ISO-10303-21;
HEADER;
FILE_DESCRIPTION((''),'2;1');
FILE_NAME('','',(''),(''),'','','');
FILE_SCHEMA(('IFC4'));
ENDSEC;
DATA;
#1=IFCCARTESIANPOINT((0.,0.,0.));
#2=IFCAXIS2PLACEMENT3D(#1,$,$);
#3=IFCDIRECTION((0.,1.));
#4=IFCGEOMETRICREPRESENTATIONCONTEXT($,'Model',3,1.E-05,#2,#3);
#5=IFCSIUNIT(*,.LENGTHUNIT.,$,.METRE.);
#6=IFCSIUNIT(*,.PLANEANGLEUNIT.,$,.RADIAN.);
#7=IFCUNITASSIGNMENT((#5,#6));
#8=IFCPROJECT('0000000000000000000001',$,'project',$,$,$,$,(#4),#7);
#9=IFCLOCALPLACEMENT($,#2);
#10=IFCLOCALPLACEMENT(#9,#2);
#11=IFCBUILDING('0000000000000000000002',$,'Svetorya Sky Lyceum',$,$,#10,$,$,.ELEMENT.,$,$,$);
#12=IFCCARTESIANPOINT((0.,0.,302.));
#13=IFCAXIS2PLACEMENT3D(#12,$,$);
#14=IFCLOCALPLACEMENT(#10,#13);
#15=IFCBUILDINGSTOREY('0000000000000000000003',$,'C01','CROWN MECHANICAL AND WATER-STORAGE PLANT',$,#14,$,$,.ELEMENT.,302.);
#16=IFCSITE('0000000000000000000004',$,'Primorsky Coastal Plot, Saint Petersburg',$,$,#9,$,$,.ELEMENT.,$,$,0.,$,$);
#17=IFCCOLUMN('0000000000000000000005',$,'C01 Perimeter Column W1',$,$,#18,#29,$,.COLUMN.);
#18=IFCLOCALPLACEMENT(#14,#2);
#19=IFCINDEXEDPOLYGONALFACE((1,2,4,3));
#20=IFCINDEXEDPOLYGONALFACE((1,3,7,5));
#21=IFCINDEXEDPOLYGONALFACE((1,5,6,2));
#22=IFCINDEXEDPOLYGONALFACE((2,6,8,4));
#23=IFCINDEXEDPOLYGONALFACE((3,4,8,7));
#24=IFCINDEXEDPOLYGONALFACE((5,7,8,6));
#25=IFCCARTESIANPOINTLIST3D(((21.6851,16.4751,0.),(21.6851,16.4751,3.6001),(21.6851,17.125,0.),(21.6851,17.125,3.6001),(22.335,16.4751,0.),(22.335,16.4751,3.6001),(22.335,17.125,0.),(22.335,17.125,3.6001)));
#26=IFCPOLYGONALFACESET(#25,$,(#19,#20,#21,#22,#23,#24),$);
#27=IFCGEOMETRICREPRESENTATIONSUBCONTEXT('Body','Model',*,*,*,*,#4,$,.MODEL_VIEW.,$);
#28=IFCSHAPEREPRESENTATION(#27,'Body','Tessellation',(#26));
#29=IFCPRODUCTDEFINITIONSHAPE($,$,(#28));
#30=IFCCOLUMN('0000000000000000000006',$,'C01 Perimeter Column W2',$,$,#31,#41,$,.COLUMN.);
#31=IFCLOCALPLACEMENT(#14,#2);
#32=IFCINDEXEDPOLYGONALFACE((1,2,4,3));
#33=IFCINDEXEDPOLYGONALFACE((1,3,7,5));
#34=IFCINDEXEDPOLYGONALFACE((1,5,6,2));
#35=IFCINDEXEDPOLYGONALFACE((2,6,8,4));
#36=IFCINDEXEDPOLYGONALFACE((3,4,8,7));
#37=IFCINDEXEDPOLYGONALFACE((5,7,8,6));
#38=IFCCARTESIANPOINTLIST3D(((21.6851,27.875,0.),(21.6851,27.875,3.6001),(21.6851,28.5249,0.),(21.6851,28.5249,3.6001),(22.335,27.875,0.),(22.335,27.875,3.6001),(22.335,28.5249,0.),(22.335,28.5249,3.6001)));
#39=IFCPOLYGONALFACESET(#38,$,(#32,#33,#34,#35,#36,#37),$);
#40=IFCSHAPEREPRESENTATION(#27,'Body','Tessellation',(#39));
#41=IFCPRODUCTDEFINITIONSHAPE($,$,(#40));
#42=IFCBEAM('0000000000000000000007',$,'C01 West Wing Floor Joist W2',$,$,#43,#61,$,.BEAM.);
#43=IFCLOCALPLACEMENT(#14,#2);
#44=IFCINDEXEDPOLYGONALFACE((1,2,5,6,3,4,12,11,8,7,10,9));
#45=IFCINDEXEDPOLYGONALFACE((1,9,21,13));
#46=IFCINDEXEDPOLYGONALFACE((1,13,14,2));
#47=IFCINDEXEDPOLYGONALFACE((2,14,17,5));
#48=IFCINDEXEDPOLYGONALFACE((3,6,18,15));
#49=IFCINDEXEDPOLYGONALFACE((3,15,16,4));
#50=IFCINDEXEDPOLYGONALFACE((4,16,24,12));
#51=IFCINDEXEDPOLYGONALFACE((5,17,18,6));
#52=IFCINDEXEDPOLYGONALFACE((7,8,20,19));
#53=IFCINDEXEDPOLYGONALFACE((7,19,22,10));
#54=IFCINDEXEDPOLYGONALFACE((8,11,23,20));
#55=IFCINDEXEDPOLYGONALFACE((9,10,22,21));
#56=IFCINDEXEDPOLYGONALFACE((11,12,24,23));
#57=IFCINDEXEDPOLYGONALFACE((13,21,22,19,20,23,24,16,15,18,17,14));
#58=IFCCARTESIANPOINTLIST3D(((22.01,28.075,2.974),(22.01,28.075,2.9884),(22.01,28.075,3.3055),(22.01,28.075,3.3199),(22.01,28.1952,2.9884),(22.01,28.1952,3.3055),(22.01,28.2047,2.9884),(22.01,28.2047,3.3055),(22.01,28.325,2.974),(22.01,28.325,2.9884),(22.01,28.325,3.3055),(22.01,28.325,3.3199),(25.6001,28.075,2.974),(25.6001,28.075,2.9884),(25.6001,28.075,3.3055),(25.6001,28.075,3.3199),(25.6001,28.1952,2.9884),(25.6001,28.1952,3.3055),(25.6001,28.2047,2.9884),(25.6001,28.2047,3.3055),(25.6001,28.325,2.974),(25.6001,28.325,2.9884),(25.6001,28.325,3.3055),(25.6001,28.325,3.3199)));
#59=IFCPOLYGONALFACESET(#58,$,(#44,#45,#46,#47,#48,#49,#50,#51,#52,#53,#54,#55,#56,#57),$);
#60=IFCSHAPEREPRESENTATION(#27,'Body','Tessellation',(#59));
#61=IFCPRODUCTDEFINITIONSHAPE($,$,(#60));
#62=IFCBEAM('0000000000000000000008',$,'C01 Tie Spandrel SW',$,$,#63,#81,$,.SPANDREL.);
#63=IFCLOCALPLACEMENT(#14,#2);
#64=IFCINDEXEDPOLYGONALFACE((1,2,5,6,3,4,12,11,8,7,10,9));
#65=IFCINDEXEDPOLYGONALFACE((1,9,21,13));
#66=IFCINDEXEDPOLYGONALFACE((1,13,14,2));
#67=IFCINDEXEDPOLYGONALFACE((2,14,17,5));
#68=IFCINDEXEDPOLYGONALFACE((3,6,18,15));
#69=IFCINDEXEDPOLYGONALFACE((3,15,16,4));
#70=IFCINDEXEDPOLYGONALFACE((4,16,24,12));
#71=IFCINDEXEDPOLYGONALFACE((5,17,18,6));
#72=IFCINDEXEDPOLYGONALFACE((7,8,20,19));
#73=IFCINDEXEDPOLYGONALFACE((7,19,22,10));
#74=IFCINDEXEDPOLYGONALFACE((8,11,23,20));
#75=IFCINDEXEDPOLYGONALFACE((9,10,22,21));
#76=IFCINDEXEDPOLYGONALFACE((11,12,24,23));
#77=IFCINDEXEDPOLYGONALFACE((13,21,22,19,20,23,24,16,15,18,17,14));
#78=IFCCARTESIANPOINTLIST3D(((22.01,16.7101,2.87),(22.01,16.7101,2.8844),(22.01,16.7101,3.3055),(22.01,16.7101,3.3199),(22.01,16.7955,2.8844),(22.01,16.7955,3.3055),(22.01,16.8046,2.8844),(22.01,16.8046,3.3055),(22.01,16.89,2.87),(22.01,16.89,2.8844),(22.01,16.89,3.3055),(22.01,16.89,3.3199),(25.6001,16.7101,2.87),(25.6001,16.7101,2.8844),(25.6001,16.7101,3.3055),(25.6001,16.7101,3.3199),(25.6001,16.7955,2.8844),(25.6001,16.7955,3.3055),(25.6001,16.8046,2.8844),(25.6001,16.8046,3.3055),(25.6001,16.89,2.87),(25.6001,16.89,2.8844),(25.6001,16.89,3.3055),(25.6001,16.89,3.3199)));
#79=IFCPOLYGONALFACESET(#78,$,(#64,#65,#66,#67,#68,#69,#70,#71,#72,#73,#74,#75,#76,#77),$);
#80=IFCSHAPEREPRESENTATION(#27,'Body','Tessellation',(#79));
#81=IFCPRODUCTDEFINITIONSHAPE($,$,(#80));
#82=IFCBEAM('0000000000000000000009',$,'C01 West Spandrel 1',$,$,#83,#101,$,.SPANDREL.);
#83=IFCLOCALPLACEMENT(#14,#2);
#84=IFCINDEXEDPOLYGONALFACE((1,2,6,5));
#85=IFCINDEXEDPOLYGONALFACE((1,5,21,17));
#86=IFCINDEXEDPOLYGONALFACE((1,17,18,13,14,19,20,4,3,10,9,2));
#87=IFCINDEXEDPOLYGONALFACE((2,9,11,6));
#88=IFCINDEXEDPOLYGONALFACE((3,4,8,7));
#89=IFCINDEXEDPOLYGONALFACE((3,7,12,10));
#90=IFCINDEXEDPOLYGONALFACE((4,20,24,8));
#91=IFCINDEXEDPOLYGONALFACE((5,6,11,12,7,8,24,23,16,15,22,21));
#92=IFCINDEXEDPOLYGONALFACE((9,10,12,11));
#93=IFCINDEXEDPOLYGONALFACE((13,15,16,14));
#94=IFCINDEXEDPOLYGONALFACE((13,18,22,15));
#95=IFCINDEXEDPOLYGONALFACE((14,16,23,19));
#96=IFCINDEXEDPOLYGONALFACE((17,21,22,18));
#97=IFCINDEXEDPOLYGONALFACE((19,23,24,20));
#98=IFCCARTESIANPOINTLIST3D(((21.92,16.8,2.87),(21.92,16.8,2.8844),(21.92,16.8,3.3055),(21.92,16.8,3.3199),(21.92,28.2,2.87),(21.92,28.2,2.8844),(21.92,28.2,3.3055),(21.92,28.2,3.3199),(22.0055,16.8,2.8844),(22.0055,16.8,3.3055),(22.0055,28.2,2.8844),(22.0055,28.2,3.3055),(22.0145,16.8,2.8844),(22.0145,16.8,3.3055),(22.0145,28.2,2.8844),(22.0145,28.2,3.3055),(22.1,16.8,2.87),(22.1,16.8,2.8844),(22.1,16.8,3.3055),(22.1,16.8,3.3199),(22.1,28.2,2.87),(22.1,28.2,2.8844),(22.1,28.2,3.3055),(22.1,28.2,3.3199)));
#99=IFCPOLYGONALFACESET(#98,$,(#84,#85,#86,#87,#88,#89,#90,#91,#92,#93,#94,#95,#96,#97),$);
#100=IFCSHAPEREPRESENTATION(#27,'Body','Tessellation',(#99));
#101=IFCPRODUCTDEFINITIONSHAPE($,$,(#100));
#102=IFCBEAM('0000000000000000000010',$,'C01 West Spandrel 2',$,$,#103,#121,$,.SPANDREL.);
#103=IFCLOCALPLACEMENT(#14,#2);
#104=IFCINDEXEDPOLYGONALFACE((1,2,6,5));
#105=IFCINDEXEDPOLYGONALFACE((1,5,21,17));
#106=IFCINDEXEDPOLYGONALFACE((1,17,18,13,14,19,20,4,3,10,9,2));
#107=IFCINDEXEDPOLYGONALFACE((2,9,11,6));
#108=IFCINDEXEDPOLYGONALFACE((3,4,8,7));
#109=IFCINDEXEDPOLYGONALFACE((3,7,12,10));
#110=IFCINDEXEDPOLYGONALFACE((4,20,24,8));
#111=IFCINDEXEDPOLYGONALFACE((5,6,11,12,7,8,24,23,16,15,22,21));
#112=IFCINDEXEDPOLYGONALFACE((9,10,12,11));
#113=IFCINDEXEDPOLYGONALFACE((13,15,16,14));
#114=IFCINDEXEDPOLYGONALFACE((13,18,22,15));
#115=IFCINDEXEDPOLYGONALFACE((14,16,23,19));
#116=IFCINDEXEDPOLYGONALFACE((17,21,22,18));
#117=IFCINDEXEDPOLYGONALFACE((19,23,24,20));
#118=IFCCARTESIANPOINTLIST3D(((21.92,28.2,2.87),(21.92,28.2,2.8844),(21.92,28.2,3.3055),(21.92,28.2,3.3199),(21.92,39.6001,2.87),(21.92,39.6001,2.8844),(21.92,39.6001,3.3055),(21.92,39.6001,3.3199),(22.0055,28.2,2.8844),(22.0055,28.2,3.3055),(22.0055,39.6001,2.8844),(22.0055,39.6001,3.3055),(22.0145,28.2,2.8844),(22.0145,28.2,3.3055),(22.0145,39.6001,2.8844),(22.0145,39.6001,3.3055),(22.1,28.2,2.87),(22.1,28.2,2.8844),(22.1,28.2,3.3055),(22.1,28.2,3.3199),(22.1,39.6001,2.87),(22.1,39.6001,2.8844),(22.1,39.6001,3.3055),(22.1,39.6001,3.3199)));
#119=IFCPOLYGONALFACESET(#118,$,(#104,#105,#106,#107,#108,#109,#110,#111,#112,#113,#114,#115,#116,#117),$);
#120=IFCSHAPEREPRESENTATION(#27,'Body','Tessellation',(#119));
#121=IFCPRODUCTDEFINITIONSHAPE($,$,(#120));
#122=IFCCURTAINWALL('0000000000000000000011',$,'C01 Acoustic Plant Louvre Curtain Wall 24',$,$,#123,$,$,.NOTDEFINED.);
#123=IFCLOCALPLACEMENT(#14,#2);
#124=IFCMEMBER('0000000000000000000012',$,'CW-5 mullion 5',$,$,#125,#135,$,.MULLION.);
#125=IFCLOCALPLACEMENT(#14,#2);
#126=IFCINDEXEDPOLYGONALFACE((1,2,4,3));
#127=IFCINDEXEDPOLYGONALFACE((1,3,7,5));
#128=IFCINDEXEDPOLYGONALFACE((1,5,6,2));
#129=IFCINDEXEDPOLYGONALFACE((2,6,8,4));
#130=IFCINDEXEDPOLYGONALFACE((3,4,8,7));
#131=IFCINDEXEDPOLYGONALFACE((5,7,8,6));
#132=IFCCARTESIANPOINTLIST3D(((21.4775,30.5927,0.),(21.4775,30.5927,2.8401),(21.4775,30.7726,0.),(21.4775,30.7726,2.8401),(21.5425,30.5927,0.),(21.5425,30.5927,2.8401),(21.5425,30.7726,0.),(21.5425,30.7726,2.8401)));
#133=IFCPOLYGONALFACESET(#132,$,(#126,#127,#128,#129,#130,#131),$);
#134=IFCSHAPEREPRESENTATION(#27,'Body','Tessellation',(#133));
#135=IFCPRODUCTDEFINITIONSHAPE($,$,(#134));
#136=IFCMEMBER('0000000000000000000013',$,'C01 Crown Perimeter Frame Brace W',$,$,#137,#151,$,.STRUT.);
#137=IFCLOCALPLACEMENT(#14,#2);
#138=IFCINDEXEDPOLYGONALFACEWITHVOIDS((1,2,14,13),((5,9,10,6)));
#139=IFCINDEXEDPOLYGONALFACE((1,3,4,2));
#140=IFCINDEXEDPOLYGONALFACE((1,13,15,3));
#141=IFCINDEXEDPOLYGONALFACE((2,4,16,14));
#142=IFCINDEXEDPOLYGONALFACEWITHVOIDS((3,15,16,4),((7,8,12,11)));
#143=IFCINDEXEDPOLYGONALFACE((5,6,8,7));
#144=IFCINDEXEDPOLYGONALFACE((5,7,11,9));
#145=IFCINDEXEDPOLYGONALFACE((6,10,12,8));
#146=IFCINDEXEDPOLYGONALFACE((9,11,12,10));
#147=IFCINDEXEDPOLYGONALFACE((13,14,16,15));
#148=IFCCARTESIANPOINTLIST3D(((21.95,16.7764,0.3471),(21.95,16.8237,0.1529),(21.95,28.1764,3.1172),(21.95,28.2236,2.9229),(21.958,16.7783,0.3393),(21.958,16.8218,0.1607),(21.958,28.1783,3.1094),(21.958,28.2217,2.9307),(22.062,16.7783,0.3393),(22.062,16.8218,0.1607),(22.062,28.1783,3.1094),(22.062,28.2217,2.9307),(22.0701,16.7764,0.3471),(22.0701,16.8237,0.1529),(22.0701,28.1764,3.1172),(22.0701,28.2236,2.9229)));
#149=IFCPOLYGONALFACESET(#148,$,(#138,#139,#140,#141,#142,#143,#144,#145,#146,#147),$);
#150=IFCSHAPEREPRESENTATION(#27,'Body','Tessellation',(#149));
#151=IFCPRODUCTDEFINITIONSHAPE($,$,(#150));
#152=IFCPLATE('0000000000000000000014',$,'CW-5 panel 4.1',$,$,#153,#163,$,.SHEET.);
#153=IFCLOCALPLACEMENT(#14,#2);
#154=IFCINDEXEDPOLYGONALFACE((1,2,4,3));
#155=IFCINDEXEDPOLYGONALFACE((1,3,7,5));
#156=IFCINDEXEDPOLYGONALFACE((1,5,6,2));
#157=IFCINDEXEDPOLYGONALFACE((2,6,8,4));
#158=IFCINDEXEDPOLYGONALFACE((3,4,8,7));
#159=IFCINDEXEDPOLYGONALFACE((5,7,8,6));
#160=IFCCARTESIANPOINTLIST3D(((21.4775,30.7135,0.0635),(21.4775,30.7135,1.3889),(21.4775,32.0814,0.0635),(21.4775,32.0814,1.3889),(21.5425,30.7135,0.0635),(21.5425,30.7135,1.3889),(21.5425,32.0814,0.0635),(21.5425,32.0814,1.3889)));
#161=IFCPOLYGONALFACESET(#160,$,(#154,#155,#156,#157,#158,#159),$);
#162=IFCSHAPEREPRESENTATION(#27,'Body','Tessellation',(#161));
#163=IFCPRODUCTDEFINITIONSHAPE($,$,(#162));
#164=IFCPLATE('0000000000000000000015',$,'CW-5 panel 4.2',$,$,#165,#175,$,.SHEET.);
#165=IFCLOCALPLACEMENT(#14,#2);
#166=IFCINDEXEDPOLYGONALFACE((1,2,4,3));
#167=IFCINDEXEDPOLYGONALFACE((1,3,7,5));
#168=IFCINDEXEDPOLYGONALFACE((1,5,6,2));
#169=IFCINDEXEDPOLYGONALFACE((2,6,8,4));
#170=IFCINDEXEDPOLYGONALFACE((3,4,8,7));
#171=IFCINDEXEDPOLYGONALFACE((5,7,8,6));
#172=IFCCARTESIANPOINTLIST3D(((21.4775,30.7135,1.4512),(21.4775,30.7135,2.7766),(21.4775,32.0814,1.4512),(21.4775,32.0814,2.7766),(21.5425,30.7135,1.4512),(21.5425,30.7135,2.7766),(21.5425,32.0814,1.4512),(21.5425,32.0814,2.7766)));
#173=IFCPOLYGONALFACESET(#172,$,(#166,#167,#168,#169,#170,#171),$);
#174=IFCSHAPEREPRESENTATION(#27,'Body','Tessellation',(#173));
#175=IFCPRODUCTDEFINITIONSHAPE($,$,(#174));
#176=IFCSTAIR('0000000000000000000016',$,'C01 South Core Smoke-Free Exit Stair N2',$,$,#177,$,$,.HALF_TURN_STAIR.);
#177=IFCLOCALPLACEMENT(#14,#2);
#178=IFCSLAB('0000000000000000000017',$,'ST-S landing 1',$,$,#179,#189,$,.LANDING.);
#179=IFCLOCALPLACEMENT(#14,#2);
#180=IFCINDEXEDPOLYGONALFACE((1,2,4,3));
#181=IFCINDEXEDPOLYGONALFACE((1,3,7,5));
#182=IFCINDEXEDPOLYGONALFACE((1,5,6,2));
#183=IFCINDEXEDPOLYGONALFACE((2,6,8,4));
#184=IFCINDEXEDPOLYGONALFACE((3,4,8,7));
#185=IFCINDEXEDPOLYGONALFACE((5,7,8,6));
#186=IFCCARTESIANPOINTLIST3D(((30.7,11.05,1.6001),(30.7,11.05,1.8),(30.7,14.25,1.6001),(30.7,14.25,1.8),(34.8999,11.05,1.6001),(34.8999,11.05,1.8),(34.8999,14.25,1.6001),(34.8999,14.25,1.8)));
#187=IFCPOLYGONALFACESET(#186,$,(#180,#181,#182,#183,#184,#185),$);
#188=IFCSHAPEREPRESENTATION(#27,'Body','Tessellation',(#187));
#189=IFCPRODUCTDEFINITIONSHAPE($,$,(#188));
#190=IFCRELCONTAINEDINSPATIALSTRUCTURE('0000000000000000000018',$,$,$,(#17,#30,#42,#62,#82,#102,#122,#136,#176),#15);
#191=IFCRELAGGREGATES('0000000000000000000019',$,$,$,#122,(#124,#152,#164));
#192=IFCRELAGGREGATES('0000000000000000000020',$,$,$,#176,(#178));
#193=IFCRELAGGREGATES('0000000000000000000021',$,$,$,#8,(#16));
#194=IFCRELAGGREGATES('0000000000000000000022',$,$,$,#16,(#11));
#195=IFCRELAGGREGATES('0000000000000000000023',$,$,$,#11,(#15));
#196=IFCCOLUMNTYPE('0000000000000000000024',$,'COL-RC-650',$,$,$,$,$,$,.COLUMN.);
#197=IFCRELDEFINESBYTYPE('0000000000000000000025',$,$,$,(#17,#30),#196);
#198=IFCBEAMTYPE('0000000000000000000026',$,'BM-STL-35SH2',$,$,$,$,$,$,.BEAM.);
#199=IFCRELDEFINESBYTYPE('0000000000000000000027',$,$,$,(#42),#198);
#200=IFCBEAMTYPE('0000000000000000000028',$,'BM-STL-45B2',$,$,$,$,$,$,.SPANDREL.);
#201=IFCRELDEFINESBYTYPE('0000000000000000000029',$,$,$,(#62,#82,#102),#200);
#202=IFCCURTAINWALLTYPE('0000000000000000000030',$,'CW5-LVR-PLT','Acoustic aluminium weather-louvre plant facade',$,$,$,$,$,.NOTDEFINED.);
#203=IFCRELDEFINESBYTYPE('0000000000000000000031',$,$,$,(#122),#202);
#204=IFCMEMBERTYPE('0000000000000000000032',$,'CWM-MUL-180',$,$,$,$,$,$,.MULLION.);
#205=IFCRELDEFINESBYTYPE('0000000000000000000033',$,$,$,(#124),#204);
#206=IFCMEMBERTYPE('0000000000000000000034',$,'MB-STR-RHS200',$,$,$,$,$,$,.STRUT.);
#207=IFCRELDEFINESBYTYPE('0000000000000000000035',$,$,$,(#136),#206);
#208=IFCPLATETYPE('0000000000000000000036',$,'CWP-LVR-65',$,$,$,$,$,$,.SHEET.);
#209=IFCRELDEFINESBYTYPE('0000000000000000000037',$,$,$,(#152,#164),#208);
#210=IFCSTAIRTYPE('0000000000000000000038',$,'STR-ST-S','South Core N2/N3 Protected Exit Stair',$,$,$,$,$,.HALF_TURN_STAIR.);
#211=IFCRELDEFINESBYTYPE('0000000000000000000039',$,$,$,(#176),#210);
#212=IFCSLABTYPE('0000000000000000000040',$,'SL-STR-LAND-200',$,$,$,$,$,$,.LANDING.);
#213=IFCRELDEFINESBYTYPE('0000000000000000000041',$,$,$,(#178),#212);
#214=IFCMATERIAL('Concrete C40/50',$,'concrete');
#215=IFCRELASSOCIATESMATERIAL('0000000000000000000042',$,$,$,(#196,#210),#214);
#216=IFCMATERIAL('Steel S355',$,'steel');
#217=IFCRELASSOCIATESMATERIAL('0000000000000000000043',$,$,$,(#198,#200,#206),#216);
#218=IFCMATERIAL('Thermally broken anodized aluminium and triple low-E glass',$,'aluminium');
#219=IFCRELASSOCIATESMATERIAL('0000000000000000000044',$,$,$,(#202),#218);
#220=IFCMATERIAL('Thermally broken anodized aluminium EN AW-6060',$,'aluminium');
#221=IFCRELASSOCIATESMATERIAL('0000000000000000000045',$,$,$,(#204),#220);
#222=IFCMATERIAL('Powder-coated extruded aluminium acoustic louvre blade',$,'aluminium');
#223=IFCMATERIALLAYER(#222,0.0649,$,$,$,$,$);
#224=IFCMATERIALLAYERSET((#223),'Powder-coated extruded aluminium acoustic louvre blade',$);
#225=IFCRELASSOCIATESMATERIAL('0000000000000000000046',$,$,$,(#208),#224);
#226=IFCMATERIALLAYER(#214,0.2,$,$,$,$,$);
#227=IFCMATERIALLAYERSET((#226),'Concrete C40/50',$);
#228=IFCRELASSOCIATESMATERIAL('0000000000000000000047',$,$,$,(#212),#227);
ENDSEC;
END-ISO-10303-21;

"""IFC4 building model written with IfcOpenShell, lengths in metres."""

from ifc_helpers import new_model, si_unit, direction, frame, origin, origin_2d, place, context, subcontext, project, spatial, polyline, rectangle, hollow_rectangle, i_section, outline, extrude, material, layer, layer_set, material_profile, profile_set, type_object, element, aggregate, save


model = new_model("IFC4")

# Units and contexts
model_context = context("Model", 3, precision=1e-05, world=origin(), true_north=direction((0.0, 1.0)))
body_context = subcontext(model_context, "Body", "Model", "MODEL_VIEW")
ifc_project = project(units=[si_unit("LENGTHUNIT", "METRE"), si_unit("PLANEANGLEUNIT", "RADIAN")], contexts=[model_context])

# Site, building, storey
site_placement = place(None, origin())
site = spatial("IfcSite", under=ifc_project, at=site_placement, Name="Primorsky Coastal Plot, Saint Petersburg", CompositionType="ELEMENT", RefElevation=0.0)
building_placement = place(site_placement, origin())
building = spatial("IfcBuilding", under=site, at=building_placement, Name="Svetorya Sky Lyceum", CompositionType="ELEMENT")
storey_placement = place(building_placement, frame((0.0, 0.0, 302.0)))
storey = spatial("IfcBuildingStorey", under=building, at=storey_placement, Name="C01", Description="CROWN MECHANICAL AND WATER-STORAGE PLANT", CompositionType="ELEMENT", Elevation=302.0)

# Columns
ifc_material_1 = material(Name="Concrete C40/50", Category="concrete")
ifc_material_profile_1 = material_profile(ifc_material_1, rectangle(XDim=0.6499, YDim=0.6499, at=origin_2d()), Name="RC COL 650x650")
ifc_profile_set_1 = profile_set([ifc_material_profile_1], Name="Concrete C40/50")
column_type = type_object("IfcColumnType", Name="COL-RC-650", PredefinedType="COLUMN", material=ifc_profile_set_1)
for number, where, z_axis, x_axis, name in (
    (1, (22.01, 16.8, 0.0), (0.0, 0.0, 1.0), (1.0, 0.0, 0.0), "C01 Perimeter Column W1"),
    (2, (22.01, 28.2, 0.0), (0.0, 0.0, 1.0), (1.0, 0.0, 0.0), "C01 Perimeter Column W2"),
):
    element("IfcColumn", number, at=place(storey_placement, frame(where, z_axis=z_axis, x_axis=x_axis)), inside=storey, type_object=column_type, Name=name, PredefinedType="COLUMN", context=body_context, shape_type="SweptSolid", body=[
        extrude(rectangle(XDim=0.6499, YDim=0.6499, at=origin_2d()), origin(), (0.0, 0.0, 1.0), 3.6001),
    ])

# Beams
ifc_material_2 = material(Name="Steel S355", Category="steel")
ifc_material_profile_2 = material_profile(ifc_material_2, i_section(OverallWidth=0.25, OverallDepth=0.3459, WebThickness=0.0095, FlangeThickness=0.0144, at=origin_2d()), Name="GOST 35Sh2")
ifc_profile_set_2 = profile_set([ifc_material_profile_2], Name="Steel S355")
beam_type_1 = type_object("IfcBeamType", Name="BM-STL-35SH2", PredefinedType="BEAM", material=ifc_profile_set_2)
beam_1_placement = place(storey_placement, frame((22.01, 28.2, 3.147), z_axis=(1.0, 0.0, 0.0), x_axis=(0.0, 1.0, 0.0)))
element("IfcBeam", 3, at=beam_1_placement, inside=storey, type_object=beam_type_1, Name="C01 West Wing Floor Joist W2", PredefinedType="BEAM", context=body_context, shape_type="SweptSolid", body=[
    extrude(i_section(OverallWidth=0.25, OverallDepth=0.3459, WebThickness=0.0095, FlangeThickness=0.0144, at=origin_2d()), origin(), (0.0, 0.0, 1.0), 3.5901),
])
ifc_material_profile_3 = material_profile(ifc_material_2, i_section(OverallWidth=0.1799, OverallDepth=0.45, WebThickness=0.009, FlangeThickness=0.0144, at=origin_2d()), Name="GOST 45B2")
ifc_profile_set_3 = profile_set([ifc_material_profile_3], Name="Steel S355")
beam_type_2 = type_object("IfcBeamType", Name="BM-STL-45B2", PredefinedType="SPANDREL", material=ifc_profile_set_3)
beam_2_placement = place(storey_placement, frame((22.01, 16.8, 3.095), z_axis=(1.0, 0.0, 0.0), x_axis=(0.0, 1.0, 0.0)))
element("IfcBeam", 4, at=beam_2_placement, inside=storey, type_object=beam_type_2, Name="C01 Tie Spandrel SW", PredefinedType="SPANDREL", context=body_context, shape_type="SweptSolid", body=[
    extrude(i_section(OverallWidth=0.1799, OverallDepth=0.45, WebThickness=0.009, FlangeThickness=0.0144, at=origin_2d()), origin(), (0.0, 0.0, 1.0), 3.5901),
])
beam_3_placement = place(storey_placement, frame((22.01, 16.8, 3.095), z_axis=(0.0, 1.0, 0.0), x_axis=(-1.0, 0.0, 0.0)))
element("IfcBeam", 5, at=beam_3_placement, inside=storey, type_object=beam_type_2, Name="C01 West Spandrel 1", PredefinedType="SPANDREL", context=body_context, shape_type="SweptSolid", body=[
    extrude(i_section(OverallWidth=0.1799, OverallDepth=0.45, WebThickness=0.009, FlangeThickness=0.0144, at=origin_2d()), origin(), (0.0, 0.0, 1.0), 11.3999),
])
beam_4_placement = place(storey_placement, frame((22.01, 28.2, 3.095), z_axis=(0.0, 1.0, 0.0), x_axis=(-1.0, 0.0, 0.0)))
element("IfcBeam", 6, at=beam_4_placement, inside=storey, type_object=beam_type_2, Name="C01 West Spandrel 2", PredefinedType="SPANDREL", context=body_context, shape_type="SweptSolid", body=[
    extrude(i_section(OverallWidth=0.1799, OverallDepth=0.45, WebThickness=0.009, FlangeThickness=0.0144, at=origin_2d()), origin(), (0.0, 0.0, 1.0), 11.4001),
])

# Curtain wall, member
ifc_material_3 = material(Name="Thermally broken anodized aluminium and triple low-E glass", Category="aluminium")
curtain_wall_type = type_object("IfcCurtainWallType", Name="CW5-LVR-PLT", Description="Acoustic aluminium weather-louvre plant facade", PredefinedType="NOTDEFINED", material=ifc_material_3)
curtain_wall_placement = place(storey_placement, origin())
curtain_wall = element("IfcCurtainWall", 7, at=curtain_wall_placement, inside=storey, type_object=curtain_wall_type, Name="C01 Acoustic Plant Louvre Curtain Wall 24", PredefinedType="NOTDEFINED")
ifc_material_4 = material(Name="Thermally broken anodized aluminium EN AW-6060", Category="aluminium")
ifc_material_profile_4 = material_profile(ifc_material_4, rectangle(XDim=0.0649, YDim=0.1799, at=origin_2d()), Name="ALU MULLION 65x180")
ifc_profile_set_4 = profile_set([ifc_material_profile_4], Name="Thermally broken anodized aluminium EN AW-6060")
member_type_1 = type_object("IfcMemberType", Name="CWM-MUL-180", PredefinedType="MULLION", material=ifc_profile_set_4)
member_1_placement = place(storey_placement, frame((21.51, 30.6826, 0.0), z_axis=(0.0, 0.0, 1.0), x_axis=(1.0, 0.0, 0.0)))
member_1 = element("IfcMember", 8, at=member_1_placement, type_object=member_type_1, Name="CW-5 mullion 5", PredefinedType="MULLION", context=body_context, shape_type="SweptSolid", body=[
    extrude(rectangle(XDim=0.0649, YDim=0.1799, at=origin_2d()), origin(), (0.0, 0.0, 1.0), 2.8401),
])

# Member
ifc_material_profile_5 = material_profile(ifc_material_2, hollow_rectangle(XDim=0.1201, YDim=0.2, WallThickness=0.0081, at=origin_2d()), Name="RHS 200x120x8")
ifc_profile_set_5 = profile_set([ifc_material_profile_5], Name="Steel S355")
member_type_2 = type_object("IfcMemberType", Name="MB-STR-RHS200", PredefinedType="STRUT", material=ifc_profile_set_5)
member_2_placement = place(storey_placement, frame((22.01, 16.8, 0.25), z_axis=(0.0, 0.971725, 0.236116), x_axis=(-1.0, 0.0, 0.0)))
element("IfcMember", 9, at=member_2_placement, inside=storey, type_object=member_type_2, Name="C01 Crown Perimeter Frame Brace W", PredefinedType="STRUT", context=body_context, shape_type="SweptSolid", body=[
    extrude(hollow_rectangle(XDim=0.1201, YDim=0.2, WallThickness=0.0081, at=origin_2d()), origin(), (0.0, 0.0, 1.0), 11.7317),
])

# Plates
ifc_material_5 = material(Name="Powder-coated extruded aluminium acoustic louvre blade", Category="aluminium")
ifc_layer_1 = layer(ifc_material_5, 0.0649)
ifc_layer_set_1 = layer_set([ifc_layer_1], Name="Powder-coated extruded aluminium acoustic louvre blade")
plate_type = type_object("IfcPlateType", Name="CWP-LVR-65", PredefinedType="SHEET", material=ifc_layer_set_1)
plate_1_placement = place(storey_placement, frame((21.51, 31.3975, 0.0635), z_axis=(0.0, 0.0, 1.0), x_axis=(0.0, -1.0, 0.0)))
plate_1 = element("IfcPlate", 10, at=plate_1_placement, type_object=plate_type, Name="CW-5 panel 4.1", PredefinedType="SHEET", context=body_context, shape_type="SweptSolid", body=[
    extrude(rectangle(XDim=1.3679, YDim=0.0649, at=origin_2d()), origin(), (0.0, 0.0, 1.0), 1.3254),
])
plate_2_placement = place(storey_placement, frame((21.51, 31.3975, 1.4512), z_axis=(0.0, 0.0, 1.0), x_axis=(0.0, -1.0, 0.0)))
plate_2 = element("IfcPlate", 11, at=plate_2_placement, type_object=plate_type, Name="CW-5 panel 4.2", PredefinedType="SHEET", context=body_context, shape_type="SweptSolid", body=[
    extrude(rectangle(XDim=1.3679, YDim=0.0649, at=origin_2d()), origin(), (0.0, 0.0, 1.0), 1.3254),
])
aggregate(curtain_wall, [member_1, plate_1, plate_2])

# Stair, slab
stair_type_1 = type_object("IfcStairType", Name="STR-ST-S", Description="South Core N2/N3 Protected Exit Stair", PredefinedType="HALF_TURN_STAIR", material=ifc_material_1)
stair_1_placement = place(storey_placement, origin())
stair_1 = element("IfcStair", 12, at=stair_1_placement, inside=storey, type_object=stair_type_1, Name="C01 South Core Smoke-Free Exit Stair N2", PredefinedType="HALF_TURN_STAIR")
ifc_layer_2 = layer(ifc_material_1, 0.2)
ifc_layer_set_2 = layer_set([ifc_layer_2], Name="Concrete C40/50")
slab_type_1 = type_object("IfcSlabType", Name="SL-STR-LAND-200", PredefinedType="LANDING", material=ifc_layer_set_2)
slab_1_placement = place(storey_placement, frame((0.0, 0.0, 1.6001)))
slab_1 = element("IfcSlab", 13, at=slab_1_placement, type_object=slab_type_1, Name="ST-S landing 1", PredefinedType="LANDING", context=body_context, shape_type="SweptSolid", body=[
    extrude(outline(polyline([(30.7, 11.05), (34.8999, 11.05), (34.8999, 14.25), (30.7, 14.25), (30.7, 11.05)])), origin(), (0.0, 0.0, 1.0), 0.2),
])
aggregate(stair_1, [slab_1])

save(model, "model.ifc")
